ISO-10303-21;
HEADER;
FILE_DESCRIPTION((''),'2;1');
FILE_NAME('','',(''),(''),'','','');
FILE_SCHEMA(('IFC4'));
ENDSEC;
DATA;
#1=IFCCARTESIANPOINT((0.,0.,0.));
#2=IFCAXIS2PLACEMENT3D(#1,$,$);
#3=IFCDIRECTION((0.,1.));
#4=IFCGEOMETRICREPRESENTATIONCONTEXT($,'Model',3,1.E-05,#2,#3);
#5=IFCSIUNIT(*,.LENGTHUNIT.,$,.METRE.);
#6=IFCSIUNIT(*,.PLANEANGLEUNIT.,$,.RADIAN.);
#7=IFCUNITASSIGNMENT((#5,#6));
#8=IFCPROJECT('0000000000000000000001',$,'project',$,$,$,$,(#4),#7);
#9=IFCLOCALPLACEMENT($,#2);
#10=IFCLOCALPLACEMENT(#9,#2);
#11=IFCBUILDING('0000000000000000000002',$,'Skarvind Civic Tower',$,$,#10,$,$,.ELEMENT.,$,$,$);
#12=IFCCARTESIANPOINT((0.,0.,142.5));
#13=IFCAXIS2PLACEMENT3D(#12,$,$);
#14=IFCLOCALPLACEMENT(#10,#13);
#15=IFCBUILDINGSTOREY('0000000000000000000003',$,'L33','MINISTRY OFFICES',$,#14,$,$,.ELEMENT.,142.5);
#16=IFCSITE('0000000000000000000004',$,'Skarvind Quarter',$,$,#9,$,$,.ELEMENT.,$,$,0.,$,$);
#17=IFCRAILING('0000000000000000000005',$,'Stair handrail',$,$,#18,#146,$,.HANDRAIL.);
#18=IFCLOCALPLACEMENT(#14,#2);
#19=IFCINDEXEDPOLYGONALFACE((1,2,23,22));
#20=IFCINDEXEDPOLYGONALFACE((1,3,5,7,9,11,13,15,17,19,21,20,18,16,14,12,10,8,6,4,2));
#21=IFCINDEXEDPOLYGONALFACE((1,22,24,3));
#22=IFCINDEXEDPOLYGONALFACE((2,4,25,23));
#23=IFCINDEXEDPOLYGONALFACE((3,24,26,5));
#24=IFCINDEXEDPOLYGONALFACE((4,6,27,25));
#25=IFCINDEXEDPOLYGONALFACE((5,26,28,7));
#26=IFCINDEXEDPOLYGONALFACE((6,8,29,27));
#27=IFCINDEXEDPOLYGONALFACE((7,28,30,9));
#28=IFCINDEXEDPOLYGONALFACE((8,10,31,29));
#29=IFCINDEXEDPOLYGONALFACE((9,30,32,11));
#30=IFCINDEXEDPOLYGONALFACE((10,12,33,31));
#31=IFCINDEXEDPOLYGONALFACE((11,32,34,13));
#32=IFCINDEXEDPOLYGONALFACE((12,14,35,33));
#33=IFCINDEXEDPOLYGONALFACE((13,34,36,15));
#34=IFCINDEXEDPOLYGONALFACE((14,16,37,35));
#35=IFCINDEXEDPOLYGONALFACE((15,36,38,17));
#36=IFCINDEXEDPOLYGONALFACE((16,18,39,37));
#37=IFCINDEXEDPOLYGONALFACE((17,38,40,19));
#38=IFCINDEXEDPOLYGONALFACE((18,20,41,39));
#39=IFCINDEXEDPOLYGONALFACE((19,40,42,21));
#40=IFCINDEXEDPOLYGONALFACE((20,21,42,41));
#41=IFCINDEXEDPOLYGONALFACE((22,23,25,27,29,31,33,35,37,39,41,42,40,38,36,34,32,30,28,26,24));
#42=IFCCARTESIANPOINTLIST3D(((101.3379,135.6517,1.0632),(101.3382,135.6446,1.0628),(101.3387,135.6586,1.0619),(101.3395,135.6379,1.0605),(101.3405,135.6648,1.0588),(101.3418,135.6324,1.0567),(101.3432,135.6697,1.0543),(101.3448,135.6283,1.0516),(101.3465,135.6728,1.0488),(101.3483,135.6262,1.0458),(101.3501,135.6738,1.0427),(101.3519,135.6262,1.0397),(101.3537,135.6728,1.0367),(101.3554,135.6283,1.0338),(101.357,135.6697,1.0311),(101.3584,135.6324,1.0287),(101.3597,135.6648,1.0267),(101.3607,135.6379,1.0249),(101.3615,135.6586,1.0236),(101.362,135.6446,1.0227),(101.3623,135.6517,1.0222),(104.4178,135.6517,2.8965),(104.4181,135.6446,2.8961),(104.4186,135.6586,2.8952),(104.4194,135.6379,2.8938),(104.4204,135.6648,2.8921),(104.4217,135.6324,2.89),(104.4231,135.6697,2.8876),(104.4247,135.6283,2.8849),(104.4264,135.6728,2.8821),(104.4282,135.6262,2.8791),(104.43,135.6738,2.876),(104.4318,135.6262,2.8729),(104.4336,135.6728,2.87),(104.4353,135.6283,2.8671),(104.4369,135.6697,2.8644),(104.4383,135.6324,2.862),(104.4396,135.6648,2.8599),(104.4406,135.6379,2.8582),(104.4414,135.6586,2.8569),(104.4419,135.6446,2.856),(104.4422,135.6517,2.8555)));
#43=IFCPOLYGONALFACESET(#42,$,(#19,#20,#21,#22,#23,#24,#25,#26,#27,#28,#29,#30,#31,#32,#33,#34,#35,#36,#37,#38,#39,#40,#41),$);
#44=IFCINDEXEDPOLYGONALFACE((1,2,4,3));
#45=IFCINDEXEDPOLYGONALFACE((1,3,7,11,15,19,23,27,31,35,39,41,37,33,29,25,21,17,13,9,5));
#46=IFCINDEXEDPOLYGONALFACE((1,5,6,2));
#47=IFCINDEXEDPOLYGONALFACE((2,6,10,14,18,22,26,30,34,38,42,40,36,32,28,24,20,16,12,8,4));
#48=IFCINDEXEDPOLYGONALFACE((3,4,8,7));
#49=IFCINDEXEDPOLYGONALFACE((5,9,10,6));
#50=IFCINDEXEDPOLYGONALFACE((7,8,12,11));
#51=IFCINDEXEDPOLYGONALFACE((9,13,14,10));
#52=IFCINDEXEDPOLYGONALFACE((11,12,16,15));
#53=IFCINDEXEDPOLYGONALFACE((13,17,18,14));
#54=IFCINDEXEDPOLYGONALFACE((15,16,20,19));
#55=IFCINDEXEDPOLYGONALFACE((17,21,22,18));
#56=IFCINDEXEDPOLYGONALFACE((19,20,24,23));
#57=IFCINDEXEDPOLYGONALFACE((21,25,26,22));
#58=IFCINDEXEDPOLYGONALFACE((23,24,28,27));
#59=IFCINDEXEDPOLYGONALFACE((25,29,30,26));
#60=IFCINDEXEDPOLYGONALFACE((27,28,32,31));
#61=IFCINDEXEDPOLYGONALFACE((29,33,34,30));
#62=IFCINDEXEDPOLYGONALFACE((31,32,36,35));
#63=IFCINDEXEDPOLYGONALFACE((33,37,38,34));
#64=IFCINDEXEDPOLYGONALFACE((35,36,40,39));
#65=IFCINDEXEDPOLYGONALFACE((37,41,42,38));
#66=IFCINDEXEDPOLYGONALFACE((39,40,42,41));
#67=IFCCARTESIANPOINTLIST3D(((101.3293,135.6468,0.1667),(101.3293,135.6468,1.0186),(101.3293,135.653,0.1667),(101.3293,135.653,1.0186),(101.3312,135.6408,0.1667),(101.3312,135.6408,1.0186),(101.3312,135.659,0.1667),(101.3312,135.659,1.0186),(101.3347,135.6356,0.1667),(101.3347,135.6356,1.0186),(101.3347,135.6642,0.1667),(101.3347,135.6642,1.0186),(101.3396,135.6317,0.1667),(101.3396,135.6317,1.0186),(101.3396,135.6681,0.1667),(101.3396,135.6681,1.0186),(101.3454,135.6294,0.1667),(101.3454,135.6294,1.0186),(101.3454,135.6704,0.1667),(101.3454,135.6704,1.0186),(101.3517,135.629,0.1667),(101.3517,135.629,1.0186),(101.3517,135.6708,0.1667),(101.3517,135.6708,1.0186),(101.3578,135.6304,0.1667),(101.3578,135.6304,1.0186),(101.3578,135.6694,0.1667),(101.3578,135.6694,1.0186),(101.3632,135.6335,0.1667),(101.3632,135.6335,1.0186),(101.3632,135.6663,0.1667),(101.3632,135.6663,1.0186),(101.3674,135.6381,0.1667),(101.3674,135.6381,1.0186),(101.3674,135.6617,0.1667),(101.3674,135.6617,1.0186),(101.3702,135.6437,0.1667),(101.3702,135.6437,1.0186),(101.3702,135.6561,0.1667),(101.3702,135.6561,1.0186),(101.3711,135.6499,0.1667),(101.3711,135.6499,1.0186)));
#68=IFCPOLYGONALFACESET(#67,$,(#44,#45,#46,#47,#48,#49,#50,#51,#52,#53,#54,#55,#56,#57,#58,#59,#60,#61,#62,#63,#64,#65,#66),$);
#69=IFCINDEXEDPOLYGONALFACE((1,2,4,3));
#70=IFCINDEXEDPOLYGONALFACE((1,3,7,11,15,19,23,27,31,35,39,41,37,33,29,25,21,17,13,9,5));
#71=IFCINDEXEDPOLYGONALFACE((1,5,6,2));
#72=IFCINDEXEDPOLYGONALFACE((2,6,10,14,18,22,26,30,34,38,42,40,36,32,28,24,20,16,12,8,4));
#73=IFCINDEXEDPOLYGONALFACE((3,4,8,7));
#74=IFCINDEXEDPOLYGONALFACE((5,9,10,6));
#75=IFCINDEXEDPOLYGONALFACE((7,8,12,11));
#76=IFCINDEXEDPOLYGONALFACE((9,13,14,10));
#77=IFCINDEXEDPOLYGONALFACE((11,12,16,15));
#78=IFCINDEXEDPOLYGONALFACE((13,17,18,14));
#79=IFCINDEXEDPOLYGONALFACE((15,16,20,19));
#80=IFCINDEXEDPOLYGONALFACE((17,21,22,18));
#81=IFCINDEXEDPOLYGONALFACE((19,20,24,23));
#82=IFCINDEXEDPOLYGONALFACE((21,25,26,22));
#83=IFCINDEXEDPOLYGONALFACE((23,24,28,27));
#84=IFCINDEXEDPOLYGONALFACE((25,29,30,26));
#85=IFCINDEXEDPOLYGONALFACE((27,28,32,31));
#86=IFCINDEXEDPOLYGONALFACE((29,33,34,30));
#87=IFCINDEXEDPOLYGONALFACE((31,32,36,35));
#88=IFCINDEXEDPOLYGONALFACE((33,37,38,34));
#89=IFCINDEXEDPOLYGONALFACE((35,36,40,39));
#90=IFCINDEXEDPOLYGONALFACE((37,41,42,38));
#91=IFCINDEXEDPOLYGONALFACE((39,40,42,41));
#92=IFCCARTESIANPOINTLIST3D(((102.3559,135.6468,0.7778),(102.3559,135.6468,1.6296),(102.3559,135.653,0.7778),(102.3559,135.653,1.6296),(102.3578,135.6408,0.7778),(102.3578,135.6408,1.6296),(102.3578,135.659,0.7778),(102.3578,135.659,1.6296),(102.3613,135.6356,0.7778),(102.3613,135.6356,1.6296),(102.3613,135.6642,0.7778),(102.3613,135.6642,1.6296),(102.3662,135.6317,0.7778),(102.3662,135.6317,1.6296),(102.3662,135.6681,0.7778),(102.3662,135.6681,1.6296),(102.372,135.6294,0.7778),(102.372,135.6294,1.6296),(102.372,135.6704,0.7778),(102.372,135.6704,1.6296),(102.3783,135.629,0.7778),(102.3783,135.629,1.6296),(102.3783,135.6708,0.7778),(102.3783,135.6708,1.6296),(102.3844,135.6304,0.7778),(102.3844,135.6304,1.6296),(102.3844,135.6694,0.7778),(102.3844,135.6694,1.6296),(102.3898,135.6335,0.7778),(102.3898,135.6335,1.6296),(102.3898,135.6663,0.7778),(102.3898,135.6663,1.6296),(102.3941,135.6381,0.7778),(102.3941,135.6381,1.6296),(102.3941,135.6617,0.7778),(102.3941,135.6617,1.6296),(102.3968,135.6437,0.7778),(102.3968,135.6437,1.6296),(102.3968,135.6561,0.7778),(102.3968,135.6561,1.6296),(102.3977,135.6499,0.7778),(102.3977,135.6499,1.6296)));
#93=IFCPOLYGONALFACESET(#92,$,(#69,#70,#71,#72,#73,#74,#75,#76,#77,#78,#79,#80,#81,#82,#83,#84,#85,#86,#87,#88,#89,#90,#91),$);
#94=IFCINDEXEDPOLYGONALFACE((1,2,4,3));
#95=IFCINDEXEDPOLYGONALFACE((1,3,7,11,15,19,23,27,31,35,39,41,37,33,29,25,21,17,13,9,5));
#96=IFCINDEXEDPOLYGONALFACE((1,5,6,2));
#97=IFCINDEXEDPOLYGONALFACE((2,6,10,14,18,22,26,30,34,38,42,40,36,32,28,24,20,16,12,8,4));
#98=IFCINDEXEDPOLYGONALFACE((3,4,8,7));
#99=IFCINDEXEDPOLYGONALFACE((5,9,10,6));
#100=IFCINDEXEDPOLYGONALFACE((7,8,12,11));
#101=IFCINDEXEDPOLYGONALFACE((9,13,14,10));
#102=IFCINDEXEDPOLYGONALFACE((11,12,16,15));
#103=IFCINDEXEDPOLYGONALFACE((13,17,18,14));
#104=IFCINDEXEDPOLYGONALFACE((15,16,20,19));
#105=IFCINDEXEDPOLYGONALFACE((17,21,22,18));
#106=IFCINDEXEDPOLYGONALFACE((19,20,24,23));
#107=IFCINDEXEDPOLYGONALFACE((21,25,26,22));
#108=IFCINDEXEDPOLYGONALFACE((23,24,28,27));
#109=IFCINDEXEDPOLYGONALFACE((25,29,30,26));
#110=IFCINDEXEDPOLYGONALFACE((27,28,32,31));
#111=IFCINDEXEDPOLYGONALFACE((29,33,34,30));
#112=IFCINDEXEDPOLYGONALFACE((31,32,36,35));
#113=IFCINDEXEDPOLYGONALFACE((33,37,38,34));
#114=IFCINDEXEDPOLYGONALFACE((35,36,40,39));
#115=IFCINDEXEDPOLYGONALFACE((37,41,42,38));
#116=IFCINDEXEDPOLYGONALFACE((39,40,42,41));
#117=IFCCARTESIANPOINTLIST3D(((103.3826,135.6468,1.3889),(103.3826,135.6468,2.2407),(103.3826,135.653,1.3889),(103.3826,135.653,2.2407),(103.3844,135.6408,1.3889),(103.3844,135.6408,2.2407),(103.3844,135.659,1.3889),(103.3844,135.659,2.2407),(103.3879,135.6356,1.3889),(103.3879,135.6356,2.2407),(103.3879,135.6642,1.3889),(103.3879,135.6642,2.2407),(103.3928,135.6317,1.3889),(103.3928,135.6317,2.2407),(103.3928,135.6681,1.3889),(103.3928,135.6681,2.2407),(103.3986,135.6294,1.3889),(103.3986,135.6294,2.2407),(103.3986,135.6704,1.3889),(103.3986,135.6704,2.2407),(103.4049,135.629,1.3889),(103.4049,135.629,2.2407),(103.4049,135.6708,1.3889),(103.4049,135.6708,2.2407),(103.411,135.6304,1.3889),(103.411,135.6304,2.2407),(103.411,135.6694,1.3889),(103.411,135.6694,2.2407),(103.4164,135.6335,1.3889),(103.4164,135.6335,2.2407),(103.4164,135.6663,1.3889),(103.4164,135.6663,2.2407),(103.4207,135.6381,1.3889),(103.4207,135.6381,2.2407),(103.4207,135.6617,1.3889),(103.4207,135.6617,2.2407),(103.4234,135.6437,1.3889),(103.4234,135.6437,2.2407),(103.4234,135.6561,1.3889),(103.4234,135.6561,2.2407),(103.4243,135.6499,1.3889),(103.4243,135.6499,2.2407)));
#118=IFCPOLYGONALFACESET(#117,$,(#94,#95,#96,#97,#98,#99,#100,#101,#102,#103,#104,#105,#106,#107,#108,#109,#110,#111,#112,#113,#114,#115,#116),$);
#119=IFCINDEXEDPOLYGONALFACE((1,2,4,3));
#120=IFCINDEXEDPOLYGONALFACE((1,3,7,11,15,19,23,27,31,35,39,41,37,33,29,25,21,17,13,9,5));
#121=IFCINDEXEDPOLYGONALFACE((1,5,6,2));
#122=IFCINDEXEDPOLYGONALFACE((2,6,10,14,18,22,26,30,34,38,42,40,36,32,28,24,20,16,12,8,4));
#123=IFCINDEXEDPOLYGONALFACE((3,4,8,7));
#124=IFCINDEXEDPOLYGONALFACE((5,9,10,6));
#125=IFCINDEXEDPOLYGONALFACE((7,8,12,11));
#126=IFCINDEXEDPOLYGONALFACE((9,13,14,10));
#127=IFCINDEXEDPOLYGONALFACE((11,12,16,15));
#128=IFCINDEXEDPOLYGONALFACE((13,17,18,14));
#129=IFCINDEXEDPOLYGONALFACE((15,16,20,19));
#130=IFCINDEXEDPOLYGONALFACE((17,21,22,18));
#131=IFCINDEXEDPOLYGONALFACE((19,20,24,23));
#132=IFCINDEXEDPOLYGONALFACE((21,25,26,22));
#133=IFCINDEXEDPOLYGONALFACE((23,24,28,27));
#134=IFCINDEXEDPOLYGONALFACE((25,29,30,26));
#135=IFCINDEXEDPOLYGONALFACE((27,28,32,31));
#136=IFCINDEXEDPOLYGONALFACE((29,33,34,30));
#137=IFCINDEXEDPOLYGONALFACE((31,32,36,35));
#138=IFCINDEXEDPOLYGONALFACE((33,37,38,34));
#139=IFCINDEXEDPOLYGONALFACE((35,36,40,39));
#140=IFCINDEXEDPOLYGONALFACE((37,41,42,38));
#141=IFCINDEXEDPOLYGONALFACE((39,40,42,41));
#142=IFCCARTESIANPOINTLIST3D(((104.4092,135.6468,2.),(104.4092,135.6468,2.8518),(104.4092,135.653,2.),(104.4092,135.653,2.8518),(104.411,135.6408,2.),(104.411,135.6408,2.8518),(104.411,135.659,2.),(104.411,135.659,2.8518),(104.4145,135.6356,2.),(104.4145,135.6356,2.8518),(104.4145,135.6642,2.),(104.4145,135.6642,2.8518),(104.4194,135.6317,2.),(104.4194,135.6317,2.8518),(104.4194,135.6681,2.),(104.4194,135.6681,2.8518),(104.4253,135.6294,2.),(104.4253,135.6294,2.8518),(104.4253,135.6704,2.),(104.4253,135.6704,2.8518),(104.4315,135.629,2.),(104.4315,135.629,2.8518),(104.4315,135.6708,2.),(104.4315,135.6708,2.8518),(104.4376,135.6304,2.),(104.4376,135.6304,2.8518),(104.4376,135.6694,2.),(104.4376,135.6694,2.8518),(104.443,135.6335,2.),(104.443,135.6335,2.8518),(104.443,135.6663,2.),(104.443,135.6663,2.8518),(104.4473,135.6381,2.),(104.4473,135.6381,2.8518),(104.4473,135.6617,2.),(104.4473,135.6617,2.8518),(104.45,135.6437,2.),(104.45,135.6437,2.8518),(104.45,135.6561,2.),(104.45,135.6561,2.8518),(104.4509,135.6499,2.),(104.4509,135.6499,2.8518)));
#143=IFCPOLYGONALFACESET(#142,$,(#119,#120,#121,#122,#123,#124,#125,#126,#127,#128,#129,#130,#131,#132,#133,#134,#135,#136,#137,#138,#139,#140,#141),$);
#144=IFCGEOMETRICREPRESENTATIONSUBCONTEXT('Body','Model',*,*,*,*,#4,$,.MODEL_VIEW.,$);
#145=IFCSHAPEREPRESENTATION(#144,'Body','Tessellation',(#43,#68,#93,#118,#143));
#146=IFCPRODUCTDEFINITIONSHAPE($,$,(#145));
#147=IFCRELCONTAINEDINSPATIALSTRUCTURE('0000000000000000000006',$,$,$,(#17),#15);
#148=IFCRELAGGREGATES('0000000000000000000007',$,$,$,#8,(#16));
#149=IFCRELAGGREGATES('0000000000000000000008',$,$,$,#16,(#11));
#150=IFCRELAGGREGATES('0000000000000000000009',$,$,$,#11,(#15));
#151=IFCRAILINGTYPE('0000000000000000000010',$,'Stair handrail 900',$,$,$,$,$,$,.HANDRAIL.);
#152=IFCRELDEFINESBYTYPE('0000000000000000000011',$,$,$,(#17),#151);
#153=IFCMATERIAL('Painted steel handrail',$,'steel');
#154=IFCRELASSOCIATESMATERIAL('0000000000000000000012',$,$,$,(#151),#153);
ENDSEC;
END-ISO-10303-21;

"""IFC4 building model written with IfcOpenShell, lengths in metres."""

from ifc_helpers import new_model, si_unit, direction, frame, origin, origin_2d, place, context, subcontext, project, spatial, circle, extrude, material, type_object, element, save


model = new_model("IFC4")

# Units and contexts
model_context = context("Model", 3, precision=1e-05, world=origin(), true_north=direction((0.0, 1.0)))
body_context = subcontext(model_context, "Body", "Model", "MODEL_VIEW")
ifc_project = project(units=[si_unit("LENGTHUNIT", "METRE"), si_unit("PLANEANGLEUNIT", "RADIAN")], contexts=[model_context])

# Site, building, storey
site_placement = place(None, origin())
site = spatial("IfcSite", under=ifc_project, at=site_placement, Name="Skarvind Quarter", CompositionType="ELEMENT", RefElevation=0.0)
building_placement = place(site_placement, origin())
building = spatial("IfcBuilding", under=site, at=building_placement, Name="Skarvind Civic Tower", CompositionType="ELEMENT")
storey_placement = place(building_placement, frame((0.0, 0.0, 142.5)))
storey = spatial("IfcBuildingStorey", under=building, at=storey_placement, Name="L33", Description="MINISTRY OFFICES", CompositionType="ELEMENT", Elevation=142.5)

# Railing
ifc_material_1 = material(Name="Painted steel handrail", Category="steel")
railing_type = type_object("IfcRailingType", Name="Stair handrail 900", PredefinedType="HANDRAIL", material=ifc_material_1)
railing_1_placement = place(storey_placement, frame((101.3501, 135.6499, 0.1667)))
element("IfcRailing", 1, at=railing_1_placement, inside=storey, type_object=railing_type, Name="Stair handrail", PredefinedType="HANDRAIL", context=body_context, shape_type="SweptSolid", body=[
    extrude(circle(Radius=0.0239, at=origin_2d()), frame((0.0, 0.0, 0.876), z_axis=(0.859291, 0.0, 0.511487), x_axis=(0.0, 1.0, 0.0)), (0.0, 0.0, 1.0), 3.5842),
    extrude(circle(Radius=0.021, at=origin_2d()), origin(), (0.0, 0.0, 1.0), 0.8518),
    extrude(circle(Radius=0.021, at=origin_2d()), frame((1.0266, 0.0, 0.6111)), (0.0, 0.0, 1.0), 0.8518),
    extrude(circle(Radius=0.021, at=origin_2d()), frame((2.0532, 0.0, 1.2222)), (0.0, 0.0, 1.0), 0.8518),
    extrude(circle(Radius=0.021, at=origin_2d()), frame((3.0798, 0.0, 1.8333)), (0.0, 0.0, 1.0), 0.8518),
])

save(model, "model.ifc")
